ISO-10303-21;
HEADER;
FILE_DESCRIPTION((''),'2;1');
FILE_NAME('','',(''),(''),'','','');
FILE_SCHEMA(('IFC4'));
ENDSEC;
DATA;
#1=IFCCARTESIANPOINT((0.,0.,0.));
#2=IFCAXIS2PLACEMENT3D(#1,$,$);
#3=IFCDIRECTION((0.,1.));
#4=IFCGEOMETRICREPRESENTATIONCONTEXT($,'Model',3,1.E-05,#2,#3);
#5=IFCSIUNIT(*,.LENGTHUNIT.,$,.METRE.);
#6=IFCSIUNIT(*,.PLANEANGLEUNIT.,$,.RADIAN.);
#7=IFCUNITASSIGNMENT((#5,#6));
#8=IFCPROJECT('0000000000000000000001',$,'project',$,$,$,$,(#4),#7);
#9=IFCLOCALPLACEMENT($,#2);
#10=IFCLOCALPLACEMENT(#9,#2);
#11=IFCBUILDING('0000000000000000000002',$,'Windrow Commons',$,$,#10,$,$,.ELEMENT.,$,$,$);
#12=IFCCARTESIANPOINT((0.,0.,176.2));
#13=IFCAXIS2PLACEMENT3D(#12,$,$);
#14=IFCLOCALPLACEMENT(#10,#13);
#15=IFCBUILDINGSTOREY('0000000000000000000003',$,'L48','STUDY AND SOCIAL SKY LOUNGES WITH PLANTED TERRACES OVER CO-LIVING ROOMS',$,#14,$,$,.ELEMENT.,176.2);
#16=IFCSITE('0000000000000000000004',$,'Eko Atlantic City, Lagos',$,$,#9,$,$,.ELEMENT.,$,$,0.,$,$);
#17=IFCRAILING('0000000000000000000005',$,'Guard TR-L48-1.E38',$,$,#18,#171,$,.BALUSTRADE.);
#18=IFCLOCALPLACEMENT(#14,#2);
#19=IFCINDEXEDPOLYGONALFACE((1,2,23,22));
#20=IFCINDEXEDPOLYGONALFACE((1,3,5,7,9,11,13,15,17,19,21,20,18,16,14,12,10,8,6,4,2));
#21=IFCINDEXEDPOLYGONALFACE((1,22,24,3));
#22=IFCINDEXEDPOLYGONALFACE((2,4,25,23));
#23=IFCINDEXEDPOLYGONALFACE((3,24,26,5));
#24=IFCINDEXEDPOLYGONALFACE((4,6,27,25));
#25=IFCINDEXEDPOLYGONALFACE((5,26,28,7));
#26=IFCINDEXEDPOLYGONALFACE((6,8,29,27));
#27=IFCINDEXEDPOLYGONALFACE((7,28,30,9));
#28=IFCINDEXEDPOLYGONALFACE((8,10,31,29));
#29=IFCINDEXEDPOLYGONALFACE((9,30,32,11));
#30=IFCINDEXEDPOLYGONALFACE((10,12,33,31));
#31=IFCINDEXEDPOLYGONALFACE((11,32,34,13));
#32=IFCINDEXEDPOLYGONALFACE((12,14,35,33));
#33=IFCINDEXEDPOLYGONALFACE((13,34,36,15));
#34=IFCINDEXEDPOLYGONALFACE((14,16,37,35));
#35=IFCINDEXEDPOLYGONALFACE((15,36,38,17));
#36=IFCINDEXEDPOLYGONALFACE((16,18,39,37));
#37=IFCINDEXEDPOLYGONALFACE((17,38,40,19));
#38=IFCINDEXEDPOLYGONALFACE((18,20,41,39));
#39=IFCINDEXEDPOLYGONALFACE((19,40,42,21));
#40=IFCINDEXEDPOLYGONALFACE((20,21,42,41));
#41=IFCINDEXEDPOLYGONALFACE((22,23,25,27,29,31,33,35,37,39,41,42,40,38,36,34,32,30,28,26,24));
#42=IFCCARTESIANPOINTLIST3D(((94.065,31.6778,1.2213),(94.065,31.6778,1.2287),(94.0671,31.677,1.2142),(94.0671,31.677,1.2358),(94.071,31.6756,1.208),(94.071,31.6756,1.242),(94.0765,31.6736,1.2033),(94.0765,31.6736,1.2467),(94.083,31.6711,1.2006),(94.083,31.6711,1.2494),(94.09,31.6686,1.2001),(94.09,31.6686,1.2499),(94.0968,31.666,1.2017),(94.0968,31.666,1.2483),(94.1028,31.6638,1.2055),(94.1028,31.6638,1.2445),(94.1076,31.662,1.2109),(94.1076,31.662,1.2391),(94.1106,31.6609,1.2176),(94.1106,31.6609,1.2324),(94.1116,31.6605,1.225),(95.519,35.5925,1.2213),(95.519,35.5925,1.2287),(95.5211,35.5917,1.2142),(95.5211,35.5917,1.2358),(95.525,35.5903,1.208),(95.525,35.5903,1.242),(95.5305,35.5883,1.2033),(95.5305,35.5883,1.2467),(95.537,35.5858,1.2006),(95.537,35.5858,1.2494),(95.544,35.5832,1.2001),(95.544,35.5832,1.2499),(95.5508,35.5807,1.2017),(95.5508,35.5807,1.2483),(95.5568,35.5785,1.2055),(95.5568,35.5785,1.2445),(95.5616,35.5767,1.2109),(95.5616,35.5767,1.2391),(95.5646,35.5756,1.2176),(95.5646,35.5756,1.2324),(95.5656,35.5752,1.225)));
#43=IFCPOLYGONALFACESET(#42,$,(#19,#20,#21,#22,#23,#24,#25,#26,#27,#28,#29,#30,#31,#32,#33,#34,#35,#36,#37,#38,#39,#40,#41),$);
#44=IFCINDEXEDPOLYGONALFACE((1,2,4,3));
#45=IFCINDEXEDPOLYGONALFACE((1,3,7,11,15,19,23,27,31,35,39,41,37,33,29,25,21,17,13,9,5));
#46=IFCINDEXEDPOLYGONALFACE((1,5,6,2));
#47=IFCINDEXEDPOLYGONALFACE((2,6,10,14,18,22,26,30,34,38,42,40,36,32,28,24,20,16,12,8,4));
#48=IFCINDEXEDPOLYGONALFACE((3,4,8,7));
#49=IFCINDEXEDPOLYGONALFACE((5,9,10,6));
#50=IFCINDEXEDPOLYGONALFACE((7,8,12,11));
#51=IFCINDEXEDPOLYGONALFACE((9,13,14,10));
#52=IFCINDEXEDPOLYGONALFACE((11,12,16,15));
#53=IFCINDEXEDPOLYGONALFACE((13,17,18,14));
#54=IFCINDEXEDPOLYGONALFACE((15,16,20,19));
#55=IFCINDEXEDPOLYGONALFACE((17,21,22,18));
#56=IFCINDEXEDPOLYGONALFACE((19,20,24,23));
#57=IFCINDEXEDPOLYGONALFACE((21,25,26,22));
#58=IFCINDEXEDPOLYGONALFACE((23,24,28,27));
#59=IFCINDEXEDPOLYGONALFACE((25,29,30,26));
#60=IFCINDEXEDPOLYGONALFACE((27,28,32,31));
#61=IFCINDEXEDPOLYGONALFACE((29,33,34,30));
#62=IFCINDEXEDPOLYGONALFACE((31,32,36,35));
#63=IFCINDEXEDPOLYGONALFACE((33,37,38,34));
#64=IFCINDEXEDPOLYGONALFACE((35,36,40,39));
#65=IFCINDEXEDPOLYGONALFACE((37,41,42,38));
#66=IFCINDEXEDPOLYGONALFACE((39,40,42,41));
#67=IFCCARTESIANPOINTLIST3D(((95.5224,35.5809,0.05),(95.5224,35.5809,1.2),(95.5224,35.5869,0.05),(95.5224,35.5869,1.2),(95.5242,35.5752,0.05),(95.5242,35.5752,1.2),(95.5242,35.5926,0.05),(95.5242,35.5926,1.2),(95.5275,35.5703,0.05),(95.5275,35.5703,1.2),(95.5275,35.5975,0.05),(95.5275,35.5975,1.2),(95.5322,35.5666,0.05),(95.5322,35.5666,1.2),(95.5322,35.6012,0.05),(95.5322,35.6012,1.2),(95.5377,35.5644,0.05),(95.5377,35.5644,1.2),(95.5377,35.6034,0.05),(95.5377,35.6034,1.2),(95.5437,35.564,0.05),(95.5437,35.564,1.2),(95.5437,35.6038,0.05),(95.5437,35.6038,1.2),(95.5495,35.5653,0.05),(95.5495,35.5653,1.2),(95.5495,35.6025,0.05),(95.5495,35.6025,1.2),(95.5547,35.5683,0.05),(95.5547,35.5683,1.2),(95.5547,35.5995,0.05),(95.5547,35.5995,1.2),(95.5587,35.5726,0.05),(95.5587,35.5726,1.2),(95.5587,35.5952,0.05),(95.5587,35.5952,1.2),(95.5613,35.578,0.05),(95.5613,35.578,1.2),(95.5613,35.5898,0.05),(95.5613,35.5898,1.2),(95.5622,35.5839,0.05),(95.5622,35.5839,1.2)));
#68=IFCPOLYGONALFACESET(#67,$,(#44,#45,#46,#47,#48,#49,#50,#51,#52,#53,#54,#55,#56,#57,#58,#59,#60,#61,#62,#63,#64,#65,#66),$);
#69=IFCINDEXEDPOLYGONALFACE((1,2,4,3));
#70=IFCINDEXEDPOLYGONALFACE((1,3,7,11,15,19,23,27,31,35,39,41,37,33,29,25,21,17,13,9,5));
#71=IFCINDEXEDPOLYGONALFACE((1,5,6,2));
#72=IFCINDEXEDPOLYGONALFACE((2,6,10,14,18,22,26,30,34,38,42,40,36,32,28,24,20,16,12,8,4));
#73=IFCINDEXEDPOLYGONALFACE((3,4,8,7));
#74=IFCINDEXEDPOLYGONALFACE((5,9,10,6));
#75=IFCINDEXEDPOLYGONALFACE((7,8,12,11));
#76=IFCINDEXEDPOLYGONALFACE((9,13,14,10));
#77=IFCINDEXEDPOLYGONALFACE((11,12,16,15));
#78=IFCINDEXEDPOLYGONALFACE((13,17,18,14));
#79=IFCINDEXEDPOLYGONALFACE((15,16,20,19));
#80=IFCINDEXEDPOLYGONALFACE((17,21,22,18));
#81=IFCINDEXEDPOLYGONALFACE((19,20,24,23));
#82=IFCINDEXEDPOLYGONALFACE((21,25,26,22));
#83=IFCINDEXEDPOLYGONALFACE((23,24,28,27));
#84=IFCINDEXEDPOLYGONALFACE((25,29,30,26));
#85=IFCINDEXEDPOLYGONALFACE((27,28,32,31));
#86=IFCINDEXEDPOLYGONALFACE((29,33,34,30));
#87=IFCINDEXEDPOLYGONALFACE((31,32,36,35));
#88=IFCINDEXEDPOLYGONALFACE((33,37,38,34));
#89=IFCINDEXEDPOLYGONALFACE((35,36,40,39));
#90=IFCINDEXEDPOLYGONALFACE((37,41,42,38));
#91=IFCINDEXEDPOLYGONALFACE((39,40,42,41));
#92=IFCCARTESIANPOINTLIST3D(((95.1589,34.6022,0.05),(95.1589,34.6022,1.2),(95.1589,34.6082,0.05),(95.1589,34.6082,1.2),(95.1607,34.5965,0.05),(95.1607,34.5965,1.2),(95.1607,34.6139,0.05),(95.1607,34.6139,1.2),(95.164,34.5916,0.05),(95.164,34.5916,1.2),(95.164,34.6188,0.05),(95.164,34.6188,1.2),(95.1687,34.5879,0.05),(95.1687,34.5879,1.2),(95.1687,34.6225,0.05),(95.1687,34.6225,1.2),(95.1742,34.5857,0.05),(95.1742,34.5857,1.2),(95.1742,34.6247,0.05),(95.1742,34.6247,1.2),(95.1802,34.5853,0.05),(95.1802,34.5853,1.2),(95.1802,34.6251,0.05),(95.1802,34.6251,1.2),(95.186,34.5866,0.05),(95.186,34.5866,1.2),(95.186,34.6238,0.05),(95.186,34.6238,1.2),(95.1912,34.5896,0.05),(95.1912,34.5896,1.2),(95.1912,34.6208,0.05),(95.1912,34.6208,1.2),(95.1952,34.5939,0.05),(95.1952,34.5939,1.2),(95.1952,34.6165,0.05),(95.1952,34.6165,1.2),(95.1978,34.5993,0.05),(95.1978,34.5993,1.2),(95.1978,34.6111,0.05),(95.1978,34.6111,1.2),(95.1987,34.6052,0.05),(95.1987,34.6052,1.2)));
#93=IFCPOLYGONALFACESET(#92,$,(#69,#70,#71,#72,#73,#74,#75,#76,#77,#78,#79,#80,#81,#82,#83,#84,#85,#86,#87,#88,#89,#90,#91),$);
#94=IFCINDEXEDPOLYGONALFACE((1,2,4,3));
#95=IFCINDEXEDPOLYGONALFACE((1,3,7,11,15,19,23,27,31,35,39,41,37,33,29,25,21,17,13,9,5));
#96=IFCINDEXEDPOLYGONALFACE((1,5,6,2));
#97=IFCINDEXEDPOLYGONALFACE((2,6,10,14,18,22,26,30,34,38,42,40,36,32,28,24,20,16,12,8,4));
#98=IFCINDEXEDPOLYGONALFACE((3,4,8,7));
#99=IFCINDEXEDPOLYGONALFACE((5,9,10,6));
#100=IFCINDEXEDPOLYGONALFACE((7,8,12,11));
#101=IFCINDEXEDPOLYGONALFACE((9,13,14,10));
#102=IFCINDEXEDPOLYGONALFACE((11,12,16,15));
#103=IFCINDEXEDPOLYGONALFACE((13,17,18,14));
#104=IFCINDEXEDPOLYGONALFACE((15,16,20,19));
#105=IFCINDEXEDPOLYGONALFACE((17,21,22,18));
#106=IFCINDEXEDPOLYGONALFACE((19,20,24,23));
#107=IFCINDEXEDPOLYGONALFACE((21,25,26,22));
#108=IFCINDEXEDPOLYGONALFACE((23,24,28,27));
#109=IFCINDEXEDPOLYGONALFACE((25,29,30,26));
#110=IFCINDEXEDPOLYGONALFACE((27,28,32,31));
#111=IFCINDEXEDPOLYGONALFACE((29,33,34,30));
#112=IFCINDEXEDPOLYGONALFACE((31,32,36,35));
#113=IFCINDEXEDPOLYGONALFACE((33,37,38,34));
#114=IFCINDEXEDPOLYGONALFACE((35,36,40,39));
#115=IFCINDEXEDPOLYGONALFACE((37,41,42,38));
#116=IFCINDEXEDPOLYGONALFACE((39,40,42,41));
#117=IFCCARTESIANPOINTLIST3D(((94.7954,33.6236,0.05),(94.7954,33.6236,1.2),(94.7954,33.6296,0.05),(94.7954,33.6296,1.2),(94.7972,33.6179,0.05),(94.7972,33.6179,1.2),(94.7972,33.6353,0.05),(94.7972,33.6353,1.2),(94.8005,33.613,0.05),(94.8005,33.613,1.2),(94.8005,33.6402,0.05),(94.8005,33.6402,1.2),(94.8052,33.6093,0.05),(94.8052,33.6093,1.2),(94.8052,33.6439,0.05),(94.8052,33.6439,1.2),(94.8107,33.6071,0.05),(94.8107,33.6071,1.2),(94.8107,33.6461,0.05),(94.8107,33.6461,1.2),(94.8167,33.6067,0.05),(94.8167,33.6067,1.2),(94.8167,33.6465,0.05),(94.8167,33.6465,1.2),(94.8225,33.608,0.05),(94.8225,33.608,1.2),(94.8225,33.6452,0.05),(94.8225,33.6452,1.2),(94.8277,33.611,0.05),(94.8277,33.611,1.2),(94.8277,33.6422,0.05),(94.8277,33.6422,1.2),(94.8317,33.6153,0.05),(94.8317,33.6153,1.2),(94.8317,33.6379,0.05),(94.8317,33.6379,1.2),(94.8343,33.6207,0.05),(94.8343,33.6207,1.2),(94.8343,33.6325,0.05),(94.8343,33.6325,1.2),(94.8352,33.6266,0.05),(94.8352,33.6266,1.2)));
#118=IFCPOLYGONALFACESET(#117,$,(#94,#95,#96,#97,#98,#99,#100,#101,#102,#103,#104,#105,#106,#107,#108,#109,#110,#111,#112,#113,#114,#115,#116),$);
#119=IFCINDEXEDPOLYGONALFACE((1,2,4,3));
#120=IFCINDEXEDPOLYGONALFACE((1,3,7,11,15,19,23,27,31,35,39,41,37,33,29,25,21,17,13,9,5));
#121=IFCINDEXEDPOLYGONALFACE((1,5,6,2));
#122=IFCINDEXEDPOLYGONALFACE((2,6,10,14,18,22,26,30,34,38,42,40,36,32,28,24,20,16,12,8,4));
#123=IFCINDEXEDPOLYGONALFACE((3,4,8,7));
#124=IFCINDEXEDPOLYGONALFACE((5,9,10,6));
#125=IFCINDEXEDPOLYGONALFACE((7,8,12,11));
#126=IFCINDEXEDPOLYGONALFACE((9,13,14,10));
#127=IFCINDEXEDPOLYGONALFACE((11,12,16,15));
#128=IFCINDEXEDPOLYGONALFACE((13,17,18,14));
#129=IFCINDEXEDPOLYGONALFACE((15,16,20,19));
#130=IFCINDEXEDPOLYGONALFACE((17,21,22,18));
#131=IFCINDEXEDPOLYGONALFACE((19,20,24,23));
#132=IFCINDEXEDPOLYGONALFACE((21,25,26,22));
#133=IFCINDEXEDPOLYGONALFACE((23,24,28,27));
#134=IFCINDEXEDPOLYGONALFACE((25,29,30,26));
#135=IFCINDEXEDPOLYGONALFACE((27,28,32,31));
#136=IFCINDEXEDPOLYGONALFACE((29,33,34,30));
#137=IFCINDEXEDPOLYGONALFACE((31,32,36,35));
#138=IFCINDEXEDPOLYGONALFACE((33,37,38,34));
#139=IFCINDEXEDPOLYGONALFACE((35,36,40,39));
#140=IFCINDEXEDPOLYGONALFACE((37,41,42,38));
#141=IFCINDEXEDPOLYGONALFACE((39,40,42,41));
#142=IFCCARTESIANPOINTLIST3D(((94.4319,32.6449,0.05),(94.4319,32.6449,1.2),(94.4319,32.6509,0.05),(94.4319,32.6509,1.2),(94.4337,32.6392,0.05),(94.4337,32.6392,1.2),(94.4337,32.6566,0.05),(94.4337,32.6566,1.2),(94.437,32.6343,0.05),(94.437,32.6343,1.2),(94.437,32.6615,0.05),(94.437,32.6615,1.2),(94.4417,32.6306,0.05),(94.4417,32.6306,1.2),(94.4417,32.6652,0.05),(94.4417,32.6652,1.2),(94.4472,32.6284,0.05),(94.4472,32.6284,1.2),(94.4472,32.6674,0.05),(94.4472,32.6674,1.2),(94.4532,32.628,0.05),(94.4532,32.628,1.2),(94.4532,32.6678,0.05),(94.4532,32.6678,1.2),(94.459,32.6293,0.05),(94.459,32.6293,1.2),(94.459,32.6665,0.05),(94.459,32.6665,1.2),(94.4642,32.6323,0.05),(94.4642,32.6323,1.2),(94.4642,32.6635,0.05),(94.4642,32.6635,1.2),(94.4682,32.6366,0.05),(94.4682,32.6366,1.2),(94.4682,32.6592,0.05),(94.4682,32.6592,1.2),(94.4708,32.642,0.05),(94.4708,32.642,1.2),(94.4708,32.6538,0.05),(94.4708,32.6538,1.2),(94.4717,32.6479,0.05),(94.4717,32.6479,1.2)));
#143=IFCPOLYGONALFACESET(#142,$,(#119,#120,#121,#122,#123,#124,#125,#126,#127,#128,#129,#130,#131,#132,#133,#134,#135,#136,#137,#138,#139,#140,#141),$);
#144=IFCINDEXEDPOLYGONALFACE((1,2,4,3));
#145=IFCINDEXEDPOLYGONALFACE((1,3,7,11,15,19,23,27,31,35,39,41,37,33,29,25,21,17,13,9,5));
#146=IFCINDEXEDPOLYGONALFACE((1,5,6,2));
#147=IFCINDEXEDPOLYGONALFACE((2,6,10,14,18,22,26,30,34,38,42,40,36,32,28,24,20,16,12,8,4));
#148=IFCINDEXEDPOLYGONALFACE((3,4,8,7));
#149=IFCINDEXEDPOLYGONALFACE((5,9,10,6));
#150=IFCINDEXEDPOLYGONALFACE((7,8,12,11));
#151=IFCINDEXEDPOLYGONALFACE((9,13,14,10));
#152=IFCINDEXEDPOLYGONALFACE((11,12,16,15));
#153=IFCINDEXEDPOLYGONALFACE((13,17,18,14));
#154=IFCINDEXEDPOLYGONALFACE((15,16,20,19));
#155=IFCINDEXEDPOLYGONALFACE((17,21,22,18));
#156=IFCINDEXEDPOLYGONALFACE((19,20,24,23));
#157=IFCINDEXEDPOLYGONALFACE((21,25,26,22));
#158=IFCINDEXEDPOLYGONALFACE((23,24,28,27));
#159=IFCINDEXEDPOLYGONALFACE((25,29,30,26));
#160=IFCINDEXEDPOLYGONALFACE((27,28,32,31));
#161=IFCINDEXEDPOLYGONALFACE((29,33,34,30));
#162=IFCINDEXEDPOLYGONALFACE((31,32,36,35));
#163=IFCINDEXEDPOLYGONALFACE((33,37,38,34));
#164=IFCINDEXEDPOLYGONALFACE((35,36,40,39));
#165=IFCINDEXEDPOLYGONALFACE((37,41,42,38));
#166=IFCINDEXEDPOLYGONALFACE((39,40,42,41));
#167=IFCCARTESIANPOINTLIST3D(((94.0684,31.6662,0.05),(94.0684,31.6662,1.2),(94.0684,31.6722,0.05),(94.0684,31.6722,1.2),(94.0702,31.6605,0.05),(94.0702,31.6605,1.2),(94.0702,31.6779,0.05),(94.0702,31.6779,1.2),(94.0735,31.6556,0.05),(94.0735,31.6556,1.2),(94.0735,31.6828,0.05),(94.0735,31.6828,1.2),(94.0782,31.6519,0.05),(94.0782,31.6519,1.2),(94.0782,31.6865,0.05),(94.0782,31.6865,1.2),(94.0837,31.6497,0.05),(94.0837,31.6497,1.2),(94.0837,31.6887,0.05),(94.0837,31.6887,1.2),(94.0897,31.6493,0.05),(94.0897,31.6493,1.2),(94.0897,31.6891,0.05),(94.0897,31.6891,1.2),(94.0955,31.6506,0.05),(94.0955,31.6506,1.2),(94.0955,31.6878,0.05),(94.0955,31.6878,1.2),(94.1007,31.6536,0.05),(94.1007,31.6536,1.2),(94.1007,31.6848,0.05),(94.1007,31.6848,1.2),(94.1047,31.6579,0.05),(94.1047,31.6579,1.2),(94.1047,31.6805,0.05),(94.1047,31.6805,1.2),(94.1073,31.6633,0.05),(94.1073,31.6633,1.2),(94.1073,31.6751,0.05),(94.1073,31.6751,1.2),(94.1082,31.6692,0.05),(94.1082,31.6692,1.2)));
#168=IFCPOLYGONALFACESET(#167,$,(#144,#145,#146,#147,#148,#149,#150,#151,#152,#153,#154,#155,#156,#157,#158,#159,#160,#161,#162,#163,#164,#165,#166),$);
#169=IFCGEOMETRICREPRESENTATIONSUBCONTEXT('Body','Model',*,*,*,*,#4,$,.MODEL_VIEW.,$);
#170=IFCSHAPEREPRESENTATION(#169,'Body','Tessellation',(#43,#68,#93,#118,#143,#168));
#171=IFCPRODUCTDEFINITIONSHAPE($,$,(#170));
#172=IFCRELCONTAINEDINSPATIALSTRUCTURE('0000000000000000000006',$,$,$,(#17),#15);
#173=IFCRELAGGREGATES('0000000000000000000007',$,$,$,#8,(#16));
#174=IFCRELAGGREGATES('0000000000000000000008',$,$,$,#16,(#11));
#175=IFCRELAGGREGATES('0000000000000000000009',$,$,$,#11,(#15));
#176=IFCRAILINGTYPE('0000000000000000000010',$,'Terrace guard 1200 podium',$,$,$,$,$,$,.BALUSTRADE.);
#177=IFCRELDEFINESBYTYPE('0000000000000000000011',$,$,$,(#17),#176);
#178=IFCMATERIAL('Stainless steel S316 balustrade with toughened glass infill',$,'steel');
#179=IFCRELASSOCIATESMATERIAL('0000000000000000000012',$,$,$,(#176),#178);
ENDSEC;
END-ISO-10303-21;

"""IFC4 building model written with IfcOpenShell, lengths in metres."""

from ifc_helpers import new_model, si_unit, direction, frame, origin, origin_2d, place, context, subcontext, project, spatial, circle, extrude, material, type_object, element, save


model = new_model("IFC4")

# Units and contexts
model_context = context("Model", 3, precision=1e-05, world=origin(), true_north=direction((0.0, 1.0)))
body_context = subcontext(model_context, "Body", "Model", "MODEL_VIEW")
ifc_project = project(units=[si_unit("LENGTHUNIT", "METRE"), si_unit("PLANEANGLEUNIT", "RADIAN")], contexts=[model_context])

# Site, building, storey
site_placement = place(None, origin())
site = spatial("IfcSite", under=ifc_project, at=site_placement, Name="Eko Atlantic City, Lagos", CompositionType="ELEMENT", RefElevation=0.0)
building_placement = place(site_placement, origin())
building = spatial("IfcBuilding", under=site, at=building_placement, Name="Windrow Commons", CompositionType="ELEMENT")
storey_placement = place(building_placement, frame((0.0, 0.0, 176.2)))
storey = spatial("IfcBuildingStorey", under=building, at=storey_placement, Name="L48", Description="STUDY AND SOCIAL SKY LOUNGES WITH PLANTED TERRACES OVER CO-LIVING ROOMS", CompositionType="ELEMENT", Elevation=176.2)

# Railing
ifc_material_1 = material(Name="Stainless steel S316 balustrade with toughened glass infill", Category="steel")
railing_type = type_object("IfcRailingType", Name="Terrace guard 1200 podium", PredefinedType="BALUSTRADE", material=ifc_material_1)
railing_1_placement = place(storey_placement, frame((95.5422, 35.5839, 0.05)))
element("IfcRailing", 1, at=railing_1_placement, inside=storey, type_object=railing_type, Name="Guard TR-L48-1.E38", PredefinedType="BALUSTRADE", context=body_context, shape_type="SweptSolid", body=[
    extrude(circle(Radius=0.025, at=origin_2d()), frame((0.0, 0.0, 1.175), z_axis=(-0.34818, -0.937428, 0.0), x_axis=(0.937428, -0.34818, 0.0)), (0.0, 0.0, 1.0), 4.176),
    extrude(circle(Radius=0.02, at=origin_2d()), origin(), (0.0, 0.0, 1.0), 1.15),
    extrude(circle(Radius=0.02, at=origin_2d()), frame((-0.3635, -0.9787, 0.0)), (0.0, 0.0, 1.0), 1.15),
    extrude(circle(Radius=0.02, at=origin_2d()), frame((-0.727, -1.9573, 0.0)), (0.0, 0.0, 1.0), 1.15),
    extrude(circle(Radius=0.02, at=origin_2d()), frame((-1.0905, -2.936, 0.0)), (0.0, 0.0, 1.0), 1.15),
    extrude(circle(Radius=0.02, at=origin_2d()), frame((-1.454, -3.9147, 0.0)), (0.0, 0.0, 1.0), 1.15),
])

save(model, "model.ifc")
